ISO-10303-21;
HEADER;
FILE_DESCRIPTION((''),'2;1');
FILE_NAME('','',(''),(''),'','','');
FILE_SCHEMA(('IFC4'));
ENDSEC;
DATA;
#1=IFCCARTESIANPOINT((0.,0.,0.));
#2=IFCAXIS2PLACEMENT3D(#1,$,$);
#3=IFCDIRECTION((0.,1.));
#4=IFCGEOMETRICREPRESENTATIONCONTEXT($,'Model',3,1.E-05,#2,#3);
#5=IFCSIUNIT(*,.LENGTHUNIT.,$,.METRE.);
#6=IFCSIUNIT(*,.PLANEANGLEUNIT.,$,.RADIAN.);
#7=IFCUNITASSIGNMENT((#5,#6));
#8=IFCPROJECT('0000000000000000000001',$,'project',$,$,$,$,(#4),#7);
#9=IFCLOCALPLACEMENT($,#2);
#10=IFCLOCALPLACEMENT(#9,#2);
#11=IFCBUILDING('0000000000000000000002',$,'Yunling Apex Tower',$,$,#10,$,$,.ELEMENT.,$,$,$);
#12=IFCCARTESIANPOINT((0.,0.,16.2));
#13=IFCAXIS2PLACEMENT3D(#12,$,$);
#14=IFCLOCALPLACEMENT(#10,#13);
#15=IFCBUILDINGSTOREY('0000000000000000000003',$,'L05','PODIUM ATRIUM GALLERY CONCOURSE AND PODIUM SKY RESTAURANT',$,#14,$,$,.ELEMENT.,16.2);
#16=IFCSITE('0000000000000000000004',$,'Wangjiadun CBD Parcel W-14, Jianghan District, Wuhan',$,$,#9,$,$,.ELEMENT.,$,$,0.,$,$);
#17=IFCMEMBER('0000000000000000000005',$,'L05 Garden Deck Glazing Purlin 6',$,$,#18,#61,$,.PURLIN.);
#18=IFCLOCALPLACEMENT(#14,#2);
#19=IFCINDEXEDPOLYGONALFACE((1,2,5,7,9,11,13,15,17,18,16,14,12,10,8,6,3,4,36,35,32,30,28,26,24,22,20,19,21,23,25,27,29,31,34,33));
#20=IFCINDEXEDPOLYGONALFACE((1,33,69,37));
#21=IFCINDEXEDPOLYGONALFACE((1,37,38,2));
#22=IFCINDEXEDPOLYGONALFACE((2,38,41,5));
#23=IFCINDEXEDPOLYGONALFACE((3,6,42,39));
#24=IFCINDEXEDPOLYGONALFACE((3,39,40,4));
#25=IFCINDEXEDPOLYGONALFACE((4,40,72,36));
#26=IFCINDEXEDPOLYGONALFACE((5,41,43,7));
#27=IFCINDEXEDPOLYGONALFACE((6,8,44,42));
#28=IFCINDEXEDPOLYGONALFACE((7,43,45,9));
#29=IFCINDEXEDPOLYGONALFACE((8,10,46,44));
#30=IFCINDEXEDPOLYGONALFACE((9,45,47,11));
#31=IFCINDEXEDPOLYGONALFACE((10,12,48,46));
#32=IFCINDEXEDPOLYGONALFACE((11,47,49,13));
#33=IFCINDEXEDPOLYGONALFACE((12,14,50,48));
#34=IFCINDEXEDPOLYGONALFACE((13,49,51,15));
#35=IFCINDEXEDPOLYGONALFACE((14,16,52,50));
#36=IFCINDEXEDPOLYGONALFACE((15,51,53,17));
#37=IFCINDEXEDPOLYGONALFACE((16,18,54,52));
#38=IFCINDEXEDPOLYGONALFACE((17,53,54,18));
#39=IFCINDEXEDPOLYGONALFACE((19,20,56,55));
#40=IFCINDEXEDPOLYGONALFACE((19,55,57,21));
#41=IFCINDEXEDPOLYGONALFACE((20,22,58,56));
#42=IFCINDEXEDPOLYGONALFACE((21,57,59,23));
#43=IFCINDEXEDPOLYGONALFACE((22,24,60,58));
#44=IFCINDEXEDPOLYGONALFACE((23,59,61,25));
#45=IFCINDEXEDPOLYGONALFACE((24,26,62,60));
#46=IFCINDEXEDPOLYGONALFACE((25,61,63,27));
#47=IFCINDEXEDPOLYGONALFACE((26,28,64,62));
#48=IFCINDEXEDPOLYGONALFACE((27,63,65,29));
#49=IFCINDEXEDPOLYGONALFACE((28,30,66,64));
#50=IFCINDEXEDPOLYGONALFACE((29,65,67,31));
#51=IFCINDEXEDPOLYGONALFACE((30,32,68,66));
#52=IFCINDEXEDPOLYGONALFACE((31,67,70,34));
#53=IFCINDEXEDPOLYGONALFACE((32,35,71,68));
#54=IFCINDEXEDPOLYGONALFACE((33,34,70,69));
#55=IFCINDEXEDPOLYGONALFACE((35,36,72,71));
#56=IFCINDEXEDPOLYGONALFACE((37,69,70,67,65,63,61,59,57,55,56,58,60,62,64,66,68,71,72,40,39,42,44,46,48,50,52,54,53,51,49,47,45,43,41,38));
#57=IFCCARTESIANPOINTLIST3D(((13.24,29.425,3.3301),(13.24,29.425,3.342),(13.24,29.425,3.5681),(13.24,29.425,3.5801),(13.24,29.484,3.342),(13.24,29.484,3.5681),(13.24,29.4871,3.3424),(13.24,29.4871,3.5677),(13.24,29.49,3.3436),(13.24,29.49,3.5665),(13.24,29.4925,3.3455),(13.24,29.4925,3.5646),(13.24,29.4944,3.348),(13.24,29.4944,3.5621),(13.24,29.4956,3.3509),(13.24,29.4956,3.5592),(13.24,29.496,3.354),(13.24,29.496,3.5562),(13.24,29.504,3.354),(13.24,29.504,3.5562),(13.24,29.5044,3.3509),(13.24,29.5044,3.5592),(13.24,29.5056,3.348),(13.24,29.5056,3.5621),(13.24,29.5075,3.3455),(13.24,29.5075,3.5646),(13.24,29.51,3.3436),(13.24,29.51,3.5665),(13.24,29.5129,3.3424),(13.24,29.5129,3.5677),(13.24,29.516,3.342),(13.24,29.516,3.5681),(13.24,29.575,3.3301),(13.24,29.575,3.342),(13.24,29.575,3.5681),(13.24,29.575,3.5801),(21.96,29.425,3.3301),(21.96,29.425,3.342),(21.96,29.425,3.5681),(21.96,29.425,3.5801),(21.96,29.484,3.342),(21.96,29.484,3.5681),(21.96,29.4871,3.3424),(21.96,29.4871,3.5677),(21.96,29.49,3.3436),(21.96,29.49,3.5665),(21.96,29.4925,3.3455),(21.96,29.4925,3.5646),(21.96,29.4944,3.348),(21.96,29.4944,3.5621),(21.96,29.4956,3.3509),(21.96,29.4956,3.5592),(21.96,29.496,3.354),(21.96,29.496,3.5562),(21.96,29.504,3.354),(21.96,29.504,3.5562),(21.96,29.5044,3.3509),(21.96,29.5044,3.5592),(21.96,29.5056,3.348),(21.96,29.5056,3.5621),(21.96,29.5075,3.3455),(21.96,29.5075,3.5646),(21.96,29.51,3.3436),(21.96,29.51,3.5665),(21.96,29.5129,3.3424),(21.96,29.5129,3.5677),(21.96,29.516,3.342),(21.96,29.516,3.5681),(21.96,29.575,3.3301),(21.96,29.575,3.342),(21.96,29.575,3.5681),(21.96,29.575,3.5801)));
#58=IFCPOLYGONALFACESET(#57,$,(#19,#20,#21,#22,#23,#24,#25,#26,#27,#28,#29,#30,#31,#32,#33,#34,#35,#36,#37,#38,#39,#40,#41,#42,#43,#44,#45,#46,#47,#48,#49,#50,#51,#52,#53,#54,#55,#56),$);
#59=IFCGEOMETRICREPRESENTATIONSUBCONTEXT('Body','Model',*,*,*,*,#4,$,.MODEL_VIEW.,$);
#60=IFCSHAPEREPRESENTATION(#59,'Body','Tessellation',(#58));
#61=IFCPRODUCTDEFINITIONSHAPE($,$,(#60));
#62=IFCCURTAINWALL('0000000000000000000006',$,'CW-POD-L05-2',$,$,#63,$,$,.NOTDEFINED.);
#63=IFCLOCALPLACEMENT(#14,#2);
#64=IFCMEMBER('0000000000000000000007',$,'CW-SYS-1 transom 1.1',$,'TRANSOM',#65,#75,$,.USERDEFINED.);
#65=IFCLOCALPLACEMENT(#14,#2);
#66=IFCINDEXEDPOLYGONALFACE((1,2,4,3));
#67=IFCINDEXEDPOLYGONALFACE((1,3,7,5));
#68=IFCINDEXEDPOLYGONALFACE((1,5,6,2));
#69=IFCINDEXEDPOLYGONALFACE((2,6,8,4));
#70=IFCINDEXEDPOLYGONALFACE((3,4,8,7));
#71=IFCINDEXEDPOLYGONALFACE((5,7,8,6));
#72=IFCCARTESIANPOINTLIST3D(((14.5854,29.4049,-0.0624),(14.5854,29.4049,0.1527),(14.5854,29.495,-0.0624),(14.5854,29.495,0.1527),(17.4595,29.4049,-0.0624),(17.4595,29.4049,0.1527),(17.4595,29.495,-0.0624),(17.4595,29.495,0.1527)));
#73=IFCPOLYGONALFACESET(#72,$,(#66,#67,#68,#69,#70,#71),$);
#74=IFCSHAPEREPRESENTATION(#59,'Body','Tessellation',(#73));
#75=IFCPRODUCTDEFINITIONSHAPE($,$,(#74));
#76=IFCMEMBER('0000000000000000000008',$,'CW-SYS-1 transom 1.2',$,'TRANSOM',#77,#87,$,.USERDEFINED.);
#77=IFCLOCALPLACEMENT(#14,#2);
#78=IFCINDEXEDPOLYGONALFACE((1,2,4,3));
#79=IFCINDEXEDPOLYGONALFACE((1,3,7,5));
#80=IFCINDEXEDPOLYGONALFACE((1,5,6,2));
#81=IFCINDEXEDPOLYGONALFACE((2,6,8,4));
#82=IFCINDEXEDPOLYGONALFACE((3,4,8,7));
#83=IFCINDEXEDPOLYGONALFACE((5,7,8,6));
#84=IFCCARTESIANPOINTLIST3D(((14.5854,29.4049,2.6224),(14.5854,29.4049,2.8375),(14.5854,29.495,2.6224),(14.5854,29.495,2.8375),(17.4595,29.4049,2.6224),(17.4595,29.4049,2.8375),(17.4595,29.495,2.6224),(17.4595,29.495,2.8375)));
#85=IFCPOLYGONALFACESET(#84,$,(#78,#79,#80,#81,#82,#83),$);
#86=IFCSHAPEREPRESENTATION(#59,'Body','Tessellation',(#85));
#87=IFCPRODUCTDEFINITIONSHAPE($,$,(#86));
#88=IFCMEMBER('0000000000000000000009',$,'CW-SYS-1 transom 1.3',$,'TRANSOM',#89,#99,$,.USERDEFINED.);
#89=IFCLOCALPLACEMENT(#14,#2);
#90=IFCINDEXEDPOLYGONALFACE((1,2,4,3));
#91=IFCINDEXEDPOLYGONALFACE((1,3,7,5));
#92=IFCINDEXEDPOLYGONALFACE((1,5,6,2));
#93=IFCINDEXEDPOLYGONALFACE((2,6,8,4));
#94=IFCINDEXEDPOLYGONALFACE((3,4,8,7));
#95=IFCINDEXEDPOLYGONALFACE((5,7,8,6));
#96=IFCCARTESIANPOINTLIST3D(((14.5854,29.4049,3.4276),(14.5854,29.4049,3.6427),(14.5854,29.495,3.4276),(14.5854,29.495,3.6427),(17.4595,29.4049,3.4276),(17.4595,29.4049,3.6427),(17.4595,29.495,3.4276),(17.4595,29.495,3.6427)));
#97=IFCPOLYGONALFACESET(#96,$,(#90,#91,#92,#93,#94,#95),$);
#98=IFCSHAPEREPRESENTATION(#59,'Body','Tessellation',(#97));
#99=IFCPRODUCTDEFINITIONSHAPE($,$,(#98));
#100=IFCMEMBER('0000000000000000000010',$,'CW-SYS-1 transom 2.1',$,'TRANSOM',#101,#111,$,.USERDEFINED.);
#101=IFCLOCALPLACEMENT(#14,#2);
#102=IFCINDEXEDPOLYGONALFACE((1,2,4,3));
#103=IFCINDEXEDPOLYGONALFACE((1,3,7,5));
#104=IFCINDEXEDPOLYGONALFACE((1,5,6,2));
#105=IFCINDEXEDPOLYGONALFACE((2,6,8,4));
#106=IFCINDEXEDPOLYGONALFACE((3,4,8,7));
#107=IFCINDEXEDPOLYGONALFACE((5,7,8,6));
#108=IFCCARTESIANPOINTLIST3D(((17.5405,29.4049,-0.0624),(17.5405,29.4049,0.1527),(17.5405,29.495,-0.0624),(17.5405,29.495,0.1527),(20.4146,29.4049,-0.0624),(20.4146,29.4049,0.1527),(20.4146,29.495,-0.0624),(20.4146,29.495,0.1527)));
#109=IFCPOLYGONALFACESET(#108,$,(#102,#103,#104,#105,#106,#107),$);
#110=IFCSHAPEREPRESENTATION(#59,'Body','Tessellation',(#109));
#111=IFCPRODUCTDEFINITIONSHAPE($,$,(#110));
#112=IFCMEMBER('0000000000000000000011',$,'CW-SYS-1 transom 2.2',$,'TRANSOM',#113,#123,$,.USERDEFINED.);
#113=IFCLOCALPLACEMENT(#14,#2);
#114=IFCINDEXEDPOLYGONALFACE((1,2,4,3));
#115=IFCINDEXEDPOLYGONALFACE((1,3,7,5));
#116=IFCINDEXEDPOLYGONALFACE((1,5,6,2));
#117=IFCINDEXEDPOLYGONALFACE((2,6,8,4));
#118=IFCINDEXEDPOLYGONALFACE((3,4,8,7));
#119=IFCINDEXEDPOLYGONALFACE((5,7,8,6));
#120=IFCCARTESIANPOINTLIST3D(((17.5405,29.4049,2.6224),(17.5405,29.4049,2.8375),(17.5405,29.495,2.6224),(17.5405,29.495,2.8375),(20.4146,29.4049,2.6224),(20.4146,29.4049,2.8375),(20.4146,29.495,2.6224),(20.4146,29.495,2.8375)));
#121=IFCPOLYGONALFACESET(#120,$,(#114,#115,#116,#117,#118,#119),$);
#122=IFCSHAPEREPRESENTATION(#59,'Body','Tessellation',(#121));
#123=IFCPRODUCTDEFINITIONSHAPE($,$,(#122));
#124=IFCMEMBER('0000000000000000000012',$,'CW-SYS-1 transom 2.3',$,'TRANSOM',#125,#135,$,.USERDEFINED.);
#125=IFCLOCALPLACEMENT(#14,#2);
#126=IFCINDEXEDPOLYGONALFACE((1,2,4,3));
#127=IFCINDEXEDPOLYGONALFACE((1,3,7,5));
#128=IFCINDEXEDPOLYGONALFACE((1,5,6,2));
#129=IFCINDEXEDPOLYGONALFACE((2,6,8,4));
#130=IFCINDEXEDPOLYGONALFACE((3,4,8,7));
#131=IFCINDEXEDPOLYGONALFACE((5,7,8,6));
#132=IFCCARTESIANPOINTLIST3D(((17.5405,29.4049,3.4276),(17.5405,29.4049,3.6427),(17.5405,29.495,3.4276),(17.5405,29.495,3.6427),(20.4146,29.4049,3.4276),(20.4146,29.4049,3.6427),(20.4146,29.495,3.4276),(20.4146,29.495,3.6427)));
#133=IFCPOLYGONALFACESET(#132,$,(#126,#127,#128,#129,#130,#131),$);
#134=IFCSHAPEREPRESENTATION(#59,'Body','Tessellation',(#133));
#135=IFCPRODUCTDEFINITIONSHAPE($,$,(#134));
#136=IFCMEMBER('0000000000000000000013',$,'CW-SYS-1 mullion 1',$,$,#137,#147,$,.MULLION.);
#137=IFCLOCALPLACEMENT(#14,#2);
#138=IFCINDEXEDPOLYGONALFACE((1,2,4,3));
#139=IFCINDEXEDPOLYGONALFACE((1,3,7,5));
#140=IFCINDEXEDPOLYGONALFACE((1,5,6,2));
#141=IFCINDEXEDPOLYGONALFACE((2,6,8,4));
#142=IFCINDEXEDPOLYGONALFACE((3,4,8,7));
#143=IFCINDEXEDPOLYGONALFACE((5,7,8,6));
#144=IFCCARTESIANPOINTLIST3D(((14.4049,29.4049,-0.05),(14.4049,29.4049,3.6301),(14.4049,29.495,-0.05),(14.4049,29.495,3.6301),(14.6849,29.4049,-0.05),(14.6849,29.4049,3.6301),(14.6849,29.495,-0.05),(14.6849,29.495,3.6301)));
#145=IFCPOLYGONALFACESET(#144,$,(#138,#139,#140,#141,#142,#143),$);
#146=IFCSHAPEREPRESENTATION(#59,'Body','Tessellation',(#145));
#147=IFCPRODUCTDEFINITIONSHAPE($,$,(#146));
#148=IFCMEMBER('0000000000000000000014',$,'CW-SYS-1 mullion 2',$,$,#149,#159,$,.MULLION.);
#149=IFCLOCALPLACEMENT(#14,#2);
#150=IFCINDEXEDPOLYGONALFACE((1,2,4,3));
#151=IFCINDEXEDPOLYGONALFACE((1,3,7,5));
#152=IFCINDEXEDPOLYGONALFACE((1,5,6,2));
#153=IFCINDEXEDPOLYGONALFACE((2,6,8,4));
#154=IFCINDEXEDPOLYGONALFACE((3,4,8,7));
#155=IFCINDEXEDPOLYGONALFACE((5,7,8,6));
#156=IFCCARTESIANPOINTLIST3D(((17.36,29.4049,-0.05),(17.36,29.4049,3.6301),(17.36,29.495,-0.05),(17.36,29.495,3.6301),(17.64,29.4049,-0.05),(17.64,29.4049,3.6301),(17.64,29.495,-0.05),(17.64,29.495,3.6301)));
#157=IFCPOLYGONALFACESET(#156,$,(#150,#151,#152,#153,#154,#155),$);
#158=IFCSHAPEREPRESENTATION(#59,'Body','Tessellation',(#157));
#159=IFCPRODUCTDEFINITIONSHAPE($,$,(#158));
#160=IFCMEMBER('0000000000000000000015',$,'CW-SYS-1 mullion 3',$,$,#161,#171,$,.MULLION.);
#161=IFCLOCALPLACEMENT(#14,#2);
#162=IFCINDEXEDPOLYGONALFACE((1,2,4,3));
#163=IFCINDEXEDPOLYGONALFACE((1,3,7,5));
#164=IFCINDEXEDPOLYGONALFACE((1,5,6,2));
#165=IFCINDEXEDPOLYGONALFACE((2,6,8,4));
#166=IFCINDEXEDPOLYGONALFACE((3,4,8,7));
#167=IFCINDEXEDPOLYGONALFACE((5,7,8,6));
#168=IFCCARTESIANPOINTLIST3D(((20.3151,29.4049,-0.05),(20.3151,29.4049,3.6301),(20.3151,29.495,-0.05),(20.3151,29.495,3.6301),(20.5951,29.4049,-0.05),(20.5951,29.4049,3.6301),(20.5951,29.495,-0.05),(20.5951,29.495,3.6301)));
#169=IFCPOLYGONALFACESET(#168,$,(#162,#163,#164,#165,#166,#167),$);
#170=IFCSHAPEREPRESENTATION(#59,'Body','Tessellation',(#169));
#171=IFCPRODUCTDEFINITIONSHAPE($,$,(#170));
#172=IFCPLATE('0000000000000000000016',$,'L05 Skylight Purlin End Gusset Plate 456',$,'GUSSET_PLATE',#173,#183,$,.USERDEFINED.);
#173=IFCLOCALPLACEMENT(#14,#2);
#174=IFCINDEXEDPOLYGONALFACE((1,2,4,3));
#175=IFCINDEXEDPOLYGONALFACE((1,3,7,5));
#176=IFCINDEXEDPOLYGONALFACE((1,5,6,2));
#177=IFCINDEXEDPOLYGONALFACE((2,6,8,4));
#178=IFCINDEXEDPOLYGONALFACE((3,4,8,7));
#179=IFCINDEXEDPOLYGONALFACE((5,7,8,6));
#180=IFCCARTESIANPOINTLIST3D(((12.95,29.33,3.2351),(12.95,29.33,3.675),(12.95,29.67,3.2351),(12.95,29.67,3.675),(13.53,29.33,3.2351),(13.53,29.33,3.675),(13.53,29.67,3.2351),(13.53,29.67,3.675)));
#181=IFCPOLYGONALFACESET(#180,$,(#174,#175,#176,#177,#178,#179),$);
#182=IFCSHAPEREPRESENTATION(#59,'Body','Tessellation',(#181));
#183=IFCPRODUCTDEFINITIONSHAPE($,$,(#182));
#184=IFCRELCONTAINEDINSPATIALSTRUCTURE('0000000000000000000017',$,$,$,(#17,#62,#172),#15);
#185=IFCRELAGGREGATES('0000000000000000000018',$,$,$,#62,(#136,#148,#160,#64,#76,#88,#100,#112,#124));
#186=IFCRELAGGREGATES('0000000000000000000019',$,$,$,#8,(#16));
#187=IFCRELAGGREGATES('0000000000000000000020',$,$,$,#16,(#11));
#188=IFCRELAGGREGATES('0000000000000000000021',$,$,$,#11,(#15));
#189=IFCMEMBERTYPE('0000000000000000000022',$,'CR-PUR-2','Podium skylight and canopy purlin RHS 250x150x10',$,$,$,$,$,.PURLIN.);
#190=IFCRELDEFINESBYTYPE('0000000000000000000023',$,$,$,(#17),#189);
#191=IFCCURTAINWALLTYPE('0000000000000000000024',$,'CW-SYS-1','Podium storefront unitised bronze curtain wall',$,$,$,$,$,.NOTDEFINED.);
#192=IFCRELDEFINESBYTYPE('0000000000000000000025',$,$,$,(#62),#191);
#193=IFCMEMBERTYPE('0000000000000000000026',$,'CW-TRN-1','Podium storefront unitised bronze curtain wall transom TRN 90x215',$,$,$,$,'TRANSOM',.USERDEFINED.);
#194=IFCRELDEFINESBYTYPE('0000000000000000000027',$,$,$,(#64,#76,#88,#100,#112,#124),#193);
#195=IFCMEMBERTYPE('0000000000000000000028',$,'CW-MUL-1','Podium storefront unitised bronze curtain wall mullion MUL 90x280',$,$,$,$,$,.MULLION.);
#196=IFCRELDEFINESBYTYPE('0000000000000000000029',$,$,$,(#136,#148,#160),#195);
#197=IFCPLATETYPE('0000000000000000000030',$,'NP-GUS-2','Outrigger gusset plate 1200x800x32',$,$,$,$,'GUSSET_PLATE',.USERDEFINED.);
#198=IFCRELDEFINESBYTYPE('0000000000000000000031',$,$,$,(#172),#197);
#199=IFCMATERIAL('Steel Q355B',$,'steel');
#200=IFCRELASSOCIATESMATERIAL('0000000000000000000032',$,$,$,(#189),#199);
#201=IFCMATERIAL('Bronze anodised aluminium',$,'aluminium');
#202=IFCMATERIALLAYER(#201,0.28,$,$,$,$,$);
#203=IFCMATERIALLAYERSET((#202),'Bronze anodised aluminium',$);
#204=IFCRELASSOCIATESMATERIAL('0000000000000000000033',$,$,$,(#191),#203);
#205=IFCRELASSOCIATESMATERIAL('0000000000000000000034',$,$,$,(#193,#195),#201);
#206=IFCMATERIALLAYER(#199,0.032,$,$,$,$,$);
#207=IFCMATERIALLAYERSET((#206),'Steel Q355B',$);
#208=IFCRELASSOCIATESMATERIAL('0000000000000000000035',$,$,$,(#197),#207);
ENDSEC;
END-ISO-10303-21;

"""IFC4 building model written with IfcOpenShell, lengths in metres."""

from ifc_helpers import new_model, si_unit, direction, frame, origin, origin_2d, place, context, subcontext, project, spatial, rectangle, i_section, extrude, source, transform, mapped, material, layer, layer_set, material_profile, profile_set, type_object, element, aggregate, save


model = new_model("IFC4")

# Units and contexts
model_context = context("Model", 3, precision=1e-05, world=origin(), true_north=direction((0.0, 1.0)))
body_context = subcontext(model_context, "Body", "Model", "MODEL_VIEW")
ifc_project = project(units=[si_unit("LENGTHUNIT", "METRE"), si_unit("PLANEANGLEUNIT", "RADIAN")], contexts=[model_context])

# Site, building, storey
site_placement = place(None, origin())
site = spatial("IfcSite", under=ifc_project, at=site_placement, Name="Wangjiadun CBD Parcel W-14, Jianghan District, Wuhan", CompositionType="ELEMENT", RefElevation=0.0)
building_placement = place(site_placement, origin())
building = spatial("IfcBuilding", under=site, at=building_placement, Name="Yunling Apex Tower", CompositionType="ELEMENT")
storey_placement = place(building_placement, frame((0.0, 0.0, 16.2)))
storey = spatial("IfcBuildingStorey", under=building, at=storey_placement, Name="L05", Description="PODIUM ATRIUM GALLERY CONCOURSE AND PODIUM SKY RESTAURANT", CompositionType="ELEMENT", Elevation=16.2)

# Shared definitions
ifc_material_1 = material(Name="Steel Q355B", Category="steel")

# Member
ifc_material_profile_1 = material_profile(ifc_material_1, i_section(OverallWidth=0.1499, OverallDepth=0.25, WebThickness=0.0081, FlangeThickness=0.012, FilletRadius=0.012, at=origin_2d()))
ifc_profile_set_1 = profile_set([ifc_material_profile_1], Name="Steel Q355B")
member_type_1 = type_object("IfcMemberType", Name="CR-PUR-2", Description="Podium skylight and canopy purlin RHS 250x150x10", PredefinedType="PURLIN", material=ifc_profile_set_1)
shared_shape_1 = source(origin(), body_context, "Body", "SweptSolid", [
    extrude(i_section(OverallWidth=0.1499, OverallDepth=0.25, WebThickness=0.0081, FlangeThickness=0.012, FilletRadius=0.012, at=origin_2d()), origin(), (0.0, 0.0, 1.0), 8.72),
])
member_1_placement = place(storey_placement, frame((13.24, 29.5, 3.4551), z_axis=(1.0, 0.0, 0.0), x_axis=(0.0, 1.0, 0.0)))
element("IfcMember", 1, at=member_1_placement, inside=storey, type_object=member_type_1, Name="L05 Garden Deck Glazing Purlin 6", PredefinedType="PURLIN", context=body_context, shape_type="MappedRepresentation", body=[
    mapped(shared_shape_1, transform((0.0, 0.0, 0.0), scale=1.0)),
])

# Curtain wall, members
ifc_material_2 = material(Name="Bronze anodised aluminium", Category="aluminium")
ifc_layer_1 = layer(ifc_material_2, 0.28)
ifc_layer_set_1 = layer_set([ifc_layer_1], Name="Bronze anodised aluminium")
curtain_wall_type = type_object("IfcCurtainWallType", Name="CW-SYS-1", Description="Podium storefront unitised bronze curtain wall", PredefinedType="NOTDEFINED", material=ifc_layer_set_1)
curtain_wall_placement = place(storey_placement, origin())
curtain_wall = element("IfcCurtainWall", 2, at=curtain_wall_placement, inside=storey, type_object=curtain_wall_type, Name="CW-POD-L05-2", PredefinedType="NOTDEFINED")
ifc_material_profile_2 = material_profile(ifc_material_2, rectangle(XDim=0.0901, YDim=0.2151, at=origin_2d()))
ifc_profile_set_2 = profile_set([ifc_material_profile_2], Name="Bronze anodised aluminium")
member_type_2 = type_object("IfcMemberType", Name="CW-TRN-1", Description="Podium storefront unitised bronze curtain wall transom TRN 90x215", ElementType="TRANSOM", PredefinedType="USERDEFINED", material=ifc_profile_set_2)
shared_shape_2 = source(origin(), body_context, "Body", "SweptSolid", [
    extrude(rectangle(XDim=0.0901, YDim=0.2151, at=origin_2d()), origin(), (0.0, 0.0, 1.0), 2.874),
])
member_2_placement = place(storey_placement, frame((14.5854, 29.45, 0.0452), z_axis=(1.0, 0.0, 0.0), x_axis=(0.0, 1.0, 0.0)))
member_2 = element("IfcMember", 3, at=member_2_placement, type_object=member_type_2, Name="CW-SYS-1 transom 1.1", ObjectType="TRANSOM", PredefinedType="USERDEFINED", context=body_context, shape_type="MappedRepresentation", body=[
    mapped(shared_shape_2, transform((0.0, 0.0, 0.0), scale=1.0)),
])
member_3_placement = place(storey_placement, frame((14.5854, 29.45, 2.73), z_axis=(1.0, 0.0, 0.0), x_axis=(0.0, 1.0, 0.0)))
member_3 = element("IfcMember", 4, at=member_3_placement, type_object=member_type_2, Name="CW-SYS-1 transom 1.2", ObjectType="TRANSOM", PredefinedType="USERDEFINED", context=body_context, shape_type="MappedRepresentation", body=[
    mapped(shared_shape_2, transform((0.0, 0.0, 0.0), scale=1.0)),
])
member_4_placement = place(storey_placement, frame((14.5854, 29.45, 3.5352), z_axis=(1.0, 0.0, 0.0), x_axis=(0.0, 1.0, 0.0)))
member_4 = element("IfcMember", 5, at=member_4_placement, type_object=member_type_2, Name="CW-SYS-1 transom 1.3", ObjectType="TRANSOM", PredefinedType="USERDEFINED", context=body_context, shape_type="MappedRepresentation", body=[
    mapped(shared_shape_2, transform((0.0, 0.0, 0.0), scale=1.0)),
])
member_5_placement = place(storey_placement, frame((17.5405, 29.45, 0.0452), z_axis=(1.0, 0.0, 0.0), x_axis=(0.0, 1.0, 0.0)))
member_5 = element("IfcMember", 6, at=member_5_placement, type_object=member_type_2, Name="CW-SYS-1 transom 2.1", ObjectType="TRANSOM", PredefinedType="USERDEFINED", context=body_context, shape_type="MappedRepresentation", body=[
    mapped(shared_shape_2, transform((0.0, 0.0, 0.0), scale=1.0)),
])
member_6_placement = place(storey_placement, frame((17.5405, 29.45, 2.73), z_axis=(1.0, 0.0, 0.0), x_axis=(0.0, 1.0, 0.0)))
member_6 = element("IfcMember", 7, at=member_6_placement, type_object=member_type_2, Name="CW-SYS-1 transom 2.2", ObjectType="TRANSOM", PredefinedType="USERDEFINED", context=body_context, shape_type="MappedRepresentation", body=[
    mapped(shared_shape_2, transform((0.0, 0.0, 0.0), scale=1.0)),
])
member_7_placement = place(storey_placement, frame((17.5405, 29.45, 3.5352), z_axis=(1.0, 0.0, 0.0), x_axis=(0.0, 1.0, 0.0)))
member_7 = element("IfcMember", 8, at=member_7_placement, type_object=member_type_2, Name="CW-SYS-1 transom 2.3", ObjectType="TRANSOM", PredefinedType="USERDEFINED", context=body_context, shape_type="MappedRepresentation", body=[
    mapped(shared_shape_2, transform((0.0, 0.0, 0.0), scale=1.0)),
])
ifc_material_profile_3 = material_profile(ifc_material_2, rectangle(XDim=0.0901, YDim=0.28, at=origin_2d()))
ifc_profile_set_3 = profile_set([ifc_material_profile_3], Name="Bronze anodised aluminium")
member_type_3 = type_object("IfcMemberType", Name="CW-MUL-1", Description="Podium storefront unitised bronze curtain wall mullion MUL 90x280", PredefinedType="MULLION", material=ifc_profile_set_3)
shared_shape_3 = source(origin(), body_context, "Body", "SweptSolid", [
    extrude(rectangle(XDim=0.0901, YDim=0.28, at=origin_2d()), origin(), (0.0, 0.0, 1.0), 3.6802),
])
member_8_placement = place(storey_placement, frame((14.5449, 29.45, -0.05), z_axis=(0.0, 0.0, 1.0), x_axis=(0.0, 1.0, 0.0)))
member_8 = element("IfcMember", 9, at=member_8_placement, type_object=member_type_3, Name="CW-SYS-1 mullion 1", PredefinedType="MULLION", context=body_context, shape_type="MappedRepresentation", body=[
    mapped(shared_shape_3, transform((0.0, 0.0, 0.0), scale=1.0)),
])
member_9_placement = place(storey_placement, frame((17.5, 29.45, -0.05), z_axis=(0.0, 0.0, 1.0), x_axis=(0.0, 1.0, 0.0)))
member_9 = element("IfcMember", 10, at=member_9_placement, type_object=member_type_3, Name="CW-SYS-1 mullion 2", PredefinedType="MULLION", context=body_context, shape_type="MappedRepresentation", body=[
    mapped(shared_shape_3, transform((0.0, 0.0, 0.0), scale=1.0)),
])
member_10_placement = place(storey_placement, frame((20.4551, 29.45, -0.05), z_axis=(0.0, 0.0, 1.0), x_axis=(0.0, 1.0, 0.0)))
member_10 = element("IfcMember", 11, at=member_10_placement, type_object=member_type_3, Name="CW-SYS-1 mullion 3", PredefinedType="MULLION", context=body_context, shape_type="MappedRepresentation", body=[
    mapped(shared_shape_3, transform((0.0, 0.0, 0.0), scale=1.0)),
])

# Plate
ifc_layer_2 = layer(ifc_material_1, 0.032)
ifc_layer_set_2 = layer_set([ifc_layer_2], Name="Steel Q355B")
plate_type_1 = type_object("IfcPlateType", Name="NP-GUS-2", Description="Outrigger gusset plate 1200x800x32", ElementType="GUSSET_PLATE", PredefinedType="USERDEFINED", material=ifc_layer_set_2)
shared_shape_4 = source(origin(), body_context, "Body", "SweptSolid", [
    extrude(rectangle(XDim=0.5801, YDim=0.3401, at=origin_2d()), origin(), (0.0, 0.0, 1.0), 0.4399),
])
plate_1_placement = place(storey_placement, frame((13.24, 29.5, 3.2351), z_axis=(0.0, 0.0, 1.0), x_axis=(1.0, 0.0, 0.0)))
element("IfcPlate", 12, at=plate_1_placement, inside=storey, type_object=plate_type_1, Name="L05 Skylight Purlin End Gusset Plate 456", ObjectType="GUSSET_PLATE", PredefinedType="USERDEFINED", context=body_context, shape_type="MappedRepresentation", body=[
    mapped(shared_shape_4, transform((0.0, 0.0, 0.0), scale=1.0)),
])
aggregate(curtain_wall, [member_8, member_9, member_10, member_2, member_3, member_4, member_5, member_6, member_7])

save(model, "model.ifc")
